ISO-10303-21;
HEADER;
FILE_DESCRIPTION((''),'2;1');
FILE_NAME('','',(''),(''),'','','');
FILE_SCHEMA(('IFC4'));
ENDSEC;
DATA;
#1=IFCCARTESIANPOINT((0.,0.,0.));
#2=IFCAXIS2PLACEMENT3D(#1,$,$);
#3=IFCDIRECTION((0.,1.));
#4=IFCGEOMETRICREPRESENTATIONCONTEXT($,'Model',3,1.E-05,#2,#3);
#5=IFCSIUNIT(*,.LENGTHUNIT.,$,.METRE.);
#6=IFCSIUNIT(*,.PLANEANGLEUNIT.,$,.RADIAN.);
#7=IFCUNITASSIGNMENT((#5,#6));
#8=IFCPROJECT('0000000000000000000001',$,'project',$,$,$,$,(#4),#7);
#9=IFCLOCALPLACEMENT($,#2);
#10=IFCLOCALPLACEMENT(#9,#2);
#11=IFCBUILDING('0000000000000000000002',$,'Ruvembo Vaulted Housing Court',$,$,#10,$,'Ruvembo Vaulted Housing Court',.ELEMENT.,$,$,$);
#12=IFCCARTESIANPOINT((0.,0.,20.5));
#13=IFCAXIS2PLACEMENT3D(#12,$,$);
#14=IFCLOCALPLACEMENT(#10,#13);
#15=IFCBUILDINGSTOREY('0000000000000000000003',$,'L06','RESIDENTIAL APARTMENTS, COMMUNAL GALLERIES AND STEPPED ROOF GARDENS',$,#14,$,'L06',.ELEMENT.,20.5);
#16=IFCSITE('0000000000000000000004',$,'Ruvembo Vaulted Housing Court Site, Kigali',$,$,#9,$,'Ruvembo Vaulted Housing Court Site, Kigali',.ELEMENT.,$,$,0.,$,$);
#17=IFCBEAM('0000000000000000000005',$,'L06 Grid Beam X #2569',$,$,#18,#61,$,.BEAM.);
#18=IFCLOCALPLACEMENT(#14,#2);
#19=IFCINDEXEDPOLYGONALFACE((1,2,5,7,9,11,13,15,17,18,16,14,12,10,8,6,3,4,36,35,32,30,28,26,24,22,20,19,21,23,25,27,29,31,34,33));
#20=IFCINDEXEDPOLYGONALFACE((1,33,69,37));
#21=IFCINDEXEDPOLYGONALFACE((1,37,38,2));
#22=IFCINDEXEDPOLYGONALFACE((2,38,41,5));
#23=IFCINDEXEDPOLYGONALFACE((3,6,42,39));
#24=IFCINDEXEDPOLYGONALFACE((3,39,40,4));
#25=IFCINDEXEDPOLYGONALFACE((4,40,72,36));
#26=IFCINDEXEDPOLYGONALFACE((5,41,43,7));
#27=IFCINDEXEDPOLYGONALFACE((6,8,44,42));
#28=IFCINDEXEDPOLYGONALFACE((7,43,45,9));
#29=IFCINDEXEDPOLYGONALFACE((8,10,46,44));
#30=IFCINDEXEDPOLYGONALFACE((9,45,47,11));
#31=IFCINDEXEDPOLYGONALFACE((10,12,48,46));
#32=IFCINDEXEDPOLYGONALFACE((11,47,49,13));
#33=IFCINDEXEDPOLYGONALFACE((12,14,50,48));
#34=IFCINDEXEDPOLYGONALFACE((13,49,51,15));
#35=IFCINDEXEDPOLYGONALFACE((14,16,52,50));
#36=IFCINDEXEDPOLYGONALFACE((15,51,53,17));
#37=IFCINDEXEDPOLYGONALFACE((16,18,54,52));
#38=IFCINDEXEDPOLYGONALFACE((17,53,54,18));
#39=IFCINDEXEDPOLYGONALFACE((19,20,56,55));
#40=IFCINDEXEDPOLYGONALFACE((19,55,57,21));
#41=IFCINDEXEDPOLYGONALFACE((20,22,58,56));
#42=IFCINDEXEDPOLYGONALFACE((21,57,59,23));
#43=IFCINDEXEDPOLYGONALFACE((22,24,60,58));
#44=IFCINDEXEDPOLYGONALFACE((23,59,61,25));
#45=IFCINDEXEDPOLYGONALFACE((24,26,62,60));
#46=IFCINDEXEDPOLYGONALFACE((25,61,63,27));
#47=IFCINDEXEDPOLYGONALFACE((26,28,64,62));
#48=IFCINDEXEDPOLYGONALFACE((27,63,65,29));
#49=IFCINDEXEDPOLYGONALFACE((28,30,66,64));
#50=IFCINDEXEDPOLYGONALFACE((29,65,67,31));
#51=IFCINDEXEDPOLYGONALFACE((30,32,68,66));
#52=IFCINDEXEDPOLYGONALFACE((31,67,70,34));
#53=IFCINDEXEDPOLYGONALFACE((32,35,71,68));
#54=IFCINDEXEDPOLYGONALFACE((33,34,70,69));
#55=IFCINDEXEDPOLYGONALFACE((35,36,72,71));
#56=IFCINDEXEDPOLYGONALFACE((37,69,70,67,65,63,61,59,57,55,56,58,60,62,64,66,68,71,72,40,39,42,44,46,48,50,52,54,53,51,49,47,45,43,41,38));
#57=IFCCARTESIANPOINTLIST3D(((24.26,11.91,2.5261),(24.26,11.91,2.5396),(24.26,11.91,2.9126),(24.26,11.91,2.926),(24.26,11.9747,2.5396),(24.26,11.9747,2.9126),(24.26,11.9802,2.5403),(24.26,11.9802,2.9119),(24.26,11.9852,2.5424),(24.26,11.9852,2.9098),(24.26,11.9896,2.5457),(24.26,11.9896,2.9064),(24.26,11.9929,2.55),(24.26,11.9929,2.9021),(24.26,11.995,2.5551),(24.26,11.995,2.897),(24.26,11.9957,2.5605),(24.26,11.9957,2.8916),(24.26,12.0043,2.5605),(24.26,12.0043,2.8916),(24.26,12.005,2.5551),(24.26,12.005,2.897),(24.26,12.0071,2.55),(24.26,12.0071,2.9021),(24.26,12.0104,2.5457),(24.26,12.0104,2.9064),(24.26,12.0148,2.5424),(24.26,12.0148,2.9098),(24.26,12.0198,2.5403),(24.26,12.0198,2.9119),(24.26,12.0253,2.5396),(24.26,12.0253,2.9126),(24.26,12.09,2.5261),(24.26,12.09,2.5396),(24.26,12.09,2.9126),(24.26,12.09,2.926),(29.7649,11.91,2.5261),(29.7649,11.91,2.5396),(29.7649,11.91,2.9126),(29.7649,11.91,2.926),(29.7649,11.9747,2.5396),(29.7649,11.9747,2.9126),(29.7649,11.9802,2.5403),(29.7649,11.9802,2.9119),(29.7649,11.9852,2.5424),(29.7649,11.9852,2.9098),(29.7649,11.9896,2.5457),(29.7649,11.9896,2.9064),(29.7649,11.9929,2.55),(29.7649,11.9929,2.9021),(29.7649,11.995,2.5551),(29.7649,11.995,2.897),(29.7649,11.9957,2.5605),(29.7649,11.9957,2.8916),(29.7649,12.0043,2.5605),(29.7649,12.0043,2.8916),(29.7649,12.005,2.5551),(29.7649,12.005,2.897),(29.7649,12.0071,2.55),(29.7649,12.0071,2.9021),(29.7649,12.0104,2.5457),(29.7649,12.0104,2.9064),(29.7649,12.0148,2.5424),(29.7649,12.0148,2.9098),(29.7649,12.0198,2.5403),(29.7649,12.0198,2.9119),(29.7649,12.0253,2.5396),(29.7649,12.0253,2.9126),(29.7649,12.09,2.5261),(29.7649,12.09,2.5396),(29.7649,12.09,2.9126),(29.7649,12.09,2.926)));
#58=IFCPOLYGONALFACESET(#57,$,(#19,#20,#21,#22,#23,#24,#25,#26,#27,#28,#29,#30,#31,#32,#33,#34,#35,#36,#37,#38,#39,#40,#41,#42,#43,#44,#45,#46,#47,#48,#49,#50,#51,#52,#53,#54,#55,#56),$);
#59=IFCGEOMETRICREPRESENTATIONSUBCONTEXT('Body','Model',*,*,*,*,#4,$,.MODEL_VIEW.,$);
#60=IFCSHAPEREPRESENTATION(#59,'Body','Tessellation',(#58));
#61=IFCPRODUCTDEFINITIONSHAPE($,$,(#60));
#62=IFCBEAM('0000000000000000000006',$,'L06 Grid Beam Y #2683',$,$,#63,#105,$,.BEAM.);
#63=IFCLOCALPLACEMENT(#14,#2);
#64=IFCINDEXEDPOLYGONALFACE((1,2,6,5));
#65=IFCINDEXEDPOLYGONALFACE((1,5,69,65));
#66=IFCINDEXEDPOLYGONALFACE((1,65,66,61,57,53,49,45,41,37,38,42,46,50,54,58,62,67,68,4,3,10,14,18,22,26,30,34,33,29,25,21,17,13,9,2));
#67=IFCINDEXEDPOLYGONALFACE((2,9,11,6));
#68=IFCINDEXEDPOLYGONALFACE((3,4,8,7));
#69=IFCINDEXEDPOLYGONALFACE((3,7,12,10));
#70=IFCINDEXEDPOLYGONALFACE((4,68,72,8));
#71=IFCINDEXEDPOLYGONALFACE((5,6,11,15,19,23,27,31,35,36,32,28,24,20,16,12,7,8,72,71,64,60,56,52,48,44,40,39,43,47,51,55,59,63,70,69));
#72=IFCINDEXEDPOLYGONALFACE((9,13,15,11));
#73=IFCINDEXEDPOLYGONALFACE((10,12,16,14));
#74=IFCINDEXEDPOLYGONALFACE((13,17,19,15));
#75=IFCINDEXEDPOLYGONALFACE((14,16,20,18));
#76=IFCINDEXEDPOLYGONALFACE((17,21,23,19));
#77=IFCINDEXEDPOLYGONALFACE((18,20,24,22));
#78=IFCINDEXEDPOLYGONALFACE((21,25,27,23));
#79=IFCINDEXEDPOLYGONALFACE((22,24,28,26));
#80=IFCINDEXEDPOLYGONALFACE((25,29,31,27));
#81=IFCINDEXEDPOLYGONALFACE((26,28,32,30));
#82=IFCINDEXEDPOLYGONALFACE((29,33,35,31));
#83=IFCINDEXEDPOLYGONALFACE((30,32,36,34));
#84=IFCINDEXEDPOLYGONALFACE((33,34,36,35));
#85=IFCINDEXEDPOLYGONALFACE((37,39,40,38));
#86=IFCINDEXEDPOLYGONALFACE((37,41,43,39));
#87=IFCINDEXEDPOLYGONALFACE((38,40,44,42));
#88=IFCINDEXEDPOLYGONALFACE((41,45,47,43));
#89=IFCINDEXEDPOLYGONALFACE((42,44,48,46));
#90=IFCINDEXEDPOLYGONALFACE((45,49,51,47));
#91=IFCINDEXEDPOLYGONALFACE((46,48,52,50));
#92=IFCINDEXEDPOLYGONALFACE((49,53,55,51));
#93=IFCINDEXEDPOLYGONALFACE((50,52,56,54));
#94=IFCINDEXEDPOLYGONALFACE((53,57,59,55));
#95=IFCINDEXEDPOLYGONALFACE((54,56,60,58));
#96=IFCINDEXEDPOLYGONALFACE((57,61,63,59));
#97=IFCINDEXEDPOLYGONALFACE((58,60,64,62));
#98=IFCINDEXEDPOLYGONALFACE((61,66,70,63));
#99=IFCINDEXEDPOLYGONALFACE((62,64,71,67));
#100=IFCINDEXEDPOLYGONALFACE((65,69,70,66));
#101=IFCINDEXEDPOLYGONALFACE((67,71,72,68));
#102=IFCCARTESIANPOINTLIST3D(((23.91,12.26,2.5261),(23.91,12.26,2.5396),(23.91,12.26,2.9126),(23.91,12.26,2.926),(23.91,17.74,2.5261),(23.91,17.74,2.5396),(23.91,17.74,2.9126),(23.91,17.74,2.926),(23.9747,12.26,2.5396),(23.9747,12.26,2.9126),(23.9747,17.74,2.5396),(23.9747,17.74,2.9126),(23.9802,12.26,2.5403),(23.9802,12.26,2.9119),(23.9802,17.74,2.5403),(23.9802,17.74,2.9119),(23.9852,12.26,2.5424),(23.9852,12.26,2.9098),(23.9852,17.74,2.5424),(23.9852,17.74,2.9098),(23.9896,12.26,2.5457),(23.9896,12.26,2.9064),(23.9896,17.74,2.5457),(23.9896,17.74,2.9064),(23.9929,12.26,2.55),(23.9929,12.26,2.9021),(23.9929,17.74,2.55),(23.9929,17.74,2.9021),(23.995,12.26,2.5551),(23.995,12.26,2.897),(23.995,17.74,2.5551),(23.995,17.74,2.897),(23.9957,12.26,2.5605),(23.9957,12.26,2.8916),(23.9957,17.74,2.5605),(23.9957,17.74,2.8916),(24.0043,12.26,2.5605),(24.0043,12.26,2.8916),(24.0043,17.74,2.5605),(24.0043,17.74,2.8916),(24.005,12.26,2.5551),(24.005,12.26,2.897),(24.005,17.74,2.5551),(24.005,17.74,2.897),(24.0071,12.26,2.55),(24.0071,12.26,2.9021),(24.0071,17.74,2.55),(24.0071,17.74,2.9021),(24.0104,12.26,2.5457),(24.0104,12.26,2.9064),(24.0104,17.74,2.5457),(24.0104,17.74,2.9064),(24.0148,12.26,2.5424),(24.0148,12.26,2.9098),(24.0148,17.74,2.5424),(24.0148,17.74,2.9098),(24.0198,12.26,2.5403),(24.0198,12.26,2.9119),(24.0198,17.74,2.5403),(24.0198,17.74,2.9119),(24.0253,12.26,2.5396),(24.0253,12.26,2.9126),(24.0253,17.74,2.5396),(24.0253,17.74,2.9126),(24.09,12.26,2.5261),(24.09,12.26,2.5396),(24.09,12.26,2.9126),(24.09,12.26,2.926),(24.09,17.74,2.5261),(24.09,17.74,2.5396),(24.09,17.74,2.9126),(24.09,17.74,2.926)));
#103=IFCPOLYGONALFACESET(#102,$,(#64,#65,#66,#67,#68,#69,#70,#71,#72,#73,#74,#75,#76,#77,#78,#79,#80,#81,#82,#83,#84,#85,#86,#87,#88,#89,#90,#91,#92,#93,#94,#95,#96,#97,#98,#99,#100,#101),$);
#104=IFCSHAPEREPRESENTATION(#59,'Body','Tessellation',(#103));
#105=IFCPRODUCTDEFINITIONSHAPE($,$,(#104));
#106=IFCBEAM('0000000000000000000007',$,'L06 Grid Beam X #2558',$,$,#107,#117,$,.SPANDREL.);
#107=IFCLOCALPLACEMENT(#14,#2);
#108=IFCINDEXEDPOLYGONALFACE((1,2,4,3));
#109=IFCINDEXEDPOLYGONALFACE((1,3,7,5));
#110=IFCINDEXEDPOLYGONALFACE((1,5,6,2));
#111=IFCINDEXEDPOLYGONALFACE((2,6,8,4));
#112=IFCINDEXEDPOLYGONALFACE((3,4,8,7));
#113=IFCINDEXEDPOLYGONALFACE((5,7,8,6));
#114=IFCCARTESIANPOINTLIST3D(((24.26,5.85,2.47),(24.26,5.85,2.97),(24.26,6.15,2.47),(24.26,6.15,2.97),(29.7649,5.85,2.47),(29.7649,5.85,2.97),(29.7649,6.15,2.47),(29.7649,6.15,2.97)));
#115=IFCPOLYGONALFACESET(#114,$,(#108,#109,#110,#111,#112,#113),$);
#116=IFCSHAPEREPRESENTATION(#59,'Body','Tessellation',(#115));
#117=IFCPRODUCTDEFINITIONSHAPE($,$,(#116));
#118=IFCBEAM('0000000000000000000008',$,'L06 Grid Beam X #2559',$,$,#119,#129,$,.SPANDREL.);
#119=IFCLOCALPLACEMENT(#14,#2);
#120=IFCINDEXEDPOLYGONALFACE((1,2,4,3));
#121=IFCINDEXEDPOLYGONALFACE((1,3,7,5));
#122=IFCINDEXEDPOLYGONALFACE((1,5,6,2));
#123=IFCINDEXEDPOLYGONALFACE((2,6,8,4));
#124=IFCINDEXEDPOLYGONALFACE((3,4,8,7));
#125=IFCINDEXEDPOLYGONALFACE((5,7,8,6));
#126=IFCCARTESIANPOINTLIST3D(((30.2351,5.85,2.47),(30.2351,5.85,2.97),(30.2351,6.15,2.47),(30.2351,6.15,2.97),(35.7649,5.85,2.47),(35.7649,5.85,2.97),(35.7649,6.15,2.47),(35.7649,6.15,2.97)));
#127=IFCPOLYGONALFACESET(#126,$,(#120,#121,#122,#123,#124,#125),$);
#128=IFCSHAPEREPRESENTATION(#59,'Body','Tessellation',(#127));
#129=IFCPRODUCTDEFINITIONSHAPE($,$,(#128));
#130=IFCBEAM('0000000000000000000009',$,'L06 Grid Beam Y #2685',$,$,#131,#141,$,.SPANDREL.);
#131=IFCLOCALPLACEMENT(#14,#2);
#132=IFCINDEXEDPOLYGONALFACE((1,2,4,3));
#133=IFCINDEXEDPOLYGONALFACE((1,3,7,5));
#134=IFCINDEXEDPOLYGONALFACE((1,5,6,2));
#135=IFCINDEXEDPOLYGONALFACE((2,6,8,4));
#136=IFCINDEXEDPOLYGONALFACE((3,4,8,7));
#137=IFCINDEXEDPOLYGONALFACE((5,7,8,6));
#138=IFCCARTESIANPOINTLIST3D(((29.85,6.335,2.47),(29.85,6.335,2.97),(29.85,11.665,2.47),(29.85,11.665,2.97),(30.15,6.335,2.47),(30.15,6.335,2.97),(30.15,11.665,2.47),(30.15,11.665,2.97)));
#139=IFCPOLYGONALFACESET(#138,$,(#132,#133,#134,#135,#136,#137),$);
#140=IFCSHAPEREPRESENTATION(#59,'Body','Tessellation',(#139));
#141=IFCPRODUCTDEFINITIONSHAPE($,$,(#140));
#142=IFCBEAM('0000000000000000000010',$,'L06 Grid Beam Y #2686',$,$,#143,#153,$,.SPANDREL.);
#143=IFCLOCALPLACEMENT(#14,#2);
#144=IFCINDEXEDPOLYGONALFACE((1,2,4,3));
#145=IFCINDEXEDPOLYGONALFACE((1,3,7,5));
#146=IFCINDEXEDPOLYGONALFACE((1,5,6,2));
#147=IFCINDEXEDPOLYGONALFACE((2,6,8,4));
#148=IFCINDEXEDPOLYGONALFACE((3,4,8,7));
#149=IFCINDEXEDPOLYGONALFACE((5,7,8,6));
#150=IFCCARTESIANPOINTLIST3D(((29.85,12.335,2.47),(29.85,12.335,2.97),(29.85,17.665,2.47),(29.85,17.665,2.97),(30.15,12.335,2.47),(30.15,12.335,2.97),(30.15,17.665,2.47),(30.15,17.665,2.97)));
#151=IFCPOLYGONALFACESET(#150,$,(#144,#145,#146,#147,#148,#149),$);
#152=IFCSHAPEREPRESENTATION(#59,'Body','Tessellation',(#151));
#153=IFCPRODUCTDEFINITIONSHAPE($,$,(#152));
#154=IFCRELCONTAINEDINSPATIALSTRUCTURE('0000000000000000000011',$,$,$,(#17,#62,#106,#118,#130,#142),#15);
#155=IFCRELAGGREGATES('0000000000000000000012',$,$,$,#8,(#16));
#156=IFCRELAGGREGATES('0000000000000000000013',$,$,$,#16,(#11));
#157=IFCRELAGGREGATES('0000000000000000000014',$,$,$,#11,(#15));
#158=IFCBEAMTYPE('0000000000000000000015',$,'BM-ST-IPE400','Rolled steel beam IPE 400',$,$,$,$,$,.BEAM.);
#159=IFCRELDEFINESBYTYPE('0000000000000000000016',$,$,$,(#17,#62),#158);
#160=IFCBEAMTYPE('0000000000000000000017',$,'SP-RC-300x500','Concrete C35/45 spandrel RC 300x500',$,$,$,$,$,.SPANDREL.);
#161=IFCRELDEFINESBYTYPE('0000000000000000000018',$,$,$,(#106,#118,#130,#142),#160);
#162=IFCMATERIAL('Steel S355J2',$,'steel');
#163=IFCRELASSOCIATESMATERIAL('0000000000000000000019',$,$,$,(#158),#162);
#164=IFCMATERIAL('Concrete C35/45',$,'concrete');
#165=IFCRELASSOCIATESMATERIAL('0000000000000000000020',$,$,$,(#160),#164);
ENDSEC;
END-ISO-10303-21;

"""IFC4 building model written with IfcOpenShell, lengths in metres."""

from ifc_helpers import new_model, si_unit, direction, frame, origin, origin_2d, place, context, subcontext, project, spatial, rectangle, i_section, extrude, material, material_profile, profile_set, type_object, element, save


model = new_model("IFC4")

# Units and contexts
model_context = context("Model", 3, precision=1e-05, world=origin(), true_north=direction((0.0, 1.0)))
body_context = subcontext(model_context, "Body", "Model", "MODEL_VIEW")
ifc_project = project(units=[si_unit("LENGTHUNIT", "METRE"), si_unit("PLANEANGLEUNIT", "RADIAN")], contexts=[model_context])

# Site, building, storey
site_placement = place(None, origin())
site = spatial("IfcSite", under=ifc_project, at=site_placement, Name="Ruvembo Vaulted Housing Court Site, Kigali", LongName="Ruvembo Vaulted Housing Court Site, Kigali", CompositionType="ELEMENT", RefElevation=0.0)
building_placement = place(site_placement, origin())
building = spatial("IfcBuilding", under=site, at=building_placement, Name="Ruvembo Vaulted Housing Court", LongName="Ruvembo Vaulted Housing Court", CompositionType="ELEMENT")
storey_placement = place(building_placement, frame((0.0, 0.0, 20.5)))
storey = spatial("IfcBuildingStorey", under=building, at=storey_placement, Name="L06", Description="RESIDENTIAL APARTMENTS, COMMUNAL GALLERIES AND STEPPED ROOF GARDENS", LongName="L06", CompositionType="ELEMENT", Elevation=20.5)

# Shared definitions
ifc_material_1 = material(Name="Concrete C35/45", Category="concrete")

# Beams
ifc_material_2 = material(Name="Steel S355J2", Category="steel")
ifc_material_profile_1 = material_profile(ifc_material_2, i_section(OverallWidth=0.1799, OverallDepth=0.3999, WebThickness=0.0085, FlangeThickness=0.0134, FilletRadius=0.021, at=origin_2d()), Name="IPE 400")
ifc_profile_set_1 = profile_set([ifc_material_profile_1], Name="Steel S355J2")
beam_type_1 = type_object("IfcBeamType", Name="BM-ST-IPE400", Description="Rolled steel beam IPE 400", PredefinedType="BEAM", material=ifc_profile_set_1)
beam_1_placement = place(storey_placement, frame((24.26, 12.0, 2.7261), z_axis=(1.0, 0.0, 0.0), x_axis=(0.0, 1.0, 0.0)))
element("IfcBeam", 1, at=beam_1_placement, inside=storey, type_object=beam_type_1, Name="L06 Grid Beam X #2569", PredefinedType="BEAM", context=body_context, shape_type="SweptSolid", body=[
    extrude(i_section(OverallWidth=0.1799, OverallDepth=0.3999, WebThickness=0.0085, FlangeThickness=0.0134, FilletRadius=0.021, at=origin_2d()), origin(), (0.0, 0.0, 1.0), 5.5049),
])
beam_2_placement = place(storey_placement, frame((24.0, 12.26, 2.7261), z_axis=(0.0, 1.0, 0.0), x_axis=(-1.0, 0.0, 0.0)))
element("IfcBeam", 2, at=beam_2_placement, inside=storey, type_object=beam_type_1, Name="L06 Grid Beam Y #2683", PredefinedType="BEAM", context=body_context, shape_type="SweptSolid", body=[
    extrude(i_section(OverallWidth=0.1799, OverallDepth=0.3999, WebThickness=0.0085, FlangeThickness=0.0134, FilletRadius=0.021, at=origin_2d()), origin(), (0.0, 0.0, 1.0), 5.48),
])
ifc_material_profile_2 = material_profile(ifc_material_1, rectangle(XDim=0.3, YDim=0.5, at=origin_2d()), Name="RC 300x500")
ifc_profile_set_2 = profile_set([ifc_material_profile_2], Name="Concrete C35/45")
beam_type_2 = type_object("IfcBeamType", Name="SP-RC-300x500", Description="Concrete C35/45 spandrel RC 300x500", PredefinedType="SPANDREL", material=ifc_profile_set_2)
beam_3_placement = place(storey_placement, frame((24.26, 6.0, 2.72), z_axis=(1.0, 0.0, 0.0), x_axis=(0.0, 1.0, 0.0)))
element("IfcBeam", 3, at=beam_3_placement, inside=storey, type_object=beam_type_2, Name="L06 Grid Beam X #2558", PredefinedType="SPANDREL", context=body_context, shape_type="SweptSolid", body=[
    extrude(rectangle(XDim=0.3, YDim=0.5, at=origin_2d()), origin(), (0.0, 0.0, 1.0), 5.5049),
])
beam_4_placement = place(storey_placement, frame((30.2351, 6.0, 2.72), z_axis=(1.0, 0.0, 0.0), x_axis=(0.0, 1.0, 0.0)))
element("IfcBeam", 4, at=beam_4_placement, inside=storey, type_object=beam_type_2, Name="L06 Grid Beam X #2559", PredefinedType="SPANDREL", context=body_context, shape_type="SweptSolid", body=[
    extrude(rectangle(XDim=0.3, YDim=0.5, at=origin_2d()), origin(), (0.0, 0.0, 1.0), 5.5298),
])
for number, where, z_axis, x_axis, name in (
    (5, (30.0, 6.335, 2.72), (0.0, 1.0, 0.0), (-1.0, 0.0, 0.0), "L06 Grid Beam Y #2685"),
    (6, (30.0, 12.335, 2.72), (0.0, 1.0, 0.0), (-1.0, 0.0, 0.0), "L06 Grid Beam Y #2686"),
):
    element("IfcBeam", number, at=place(storey_placement, frame(where, z_axis=z_axis, x_axis=x_axis)), inside=storey, type_object=beam_type_2, Name=name, PredefinedType="SPANDREL", context=body_context, shape_type="SweptSolid", body=[
        extrude(rectangle(XDim=0.3, YDim=0.5, at=origin_2d()), origin(), (0.0, 0.0, 1.0), 5.3301),
    ])

save(model, "model.ifc")
